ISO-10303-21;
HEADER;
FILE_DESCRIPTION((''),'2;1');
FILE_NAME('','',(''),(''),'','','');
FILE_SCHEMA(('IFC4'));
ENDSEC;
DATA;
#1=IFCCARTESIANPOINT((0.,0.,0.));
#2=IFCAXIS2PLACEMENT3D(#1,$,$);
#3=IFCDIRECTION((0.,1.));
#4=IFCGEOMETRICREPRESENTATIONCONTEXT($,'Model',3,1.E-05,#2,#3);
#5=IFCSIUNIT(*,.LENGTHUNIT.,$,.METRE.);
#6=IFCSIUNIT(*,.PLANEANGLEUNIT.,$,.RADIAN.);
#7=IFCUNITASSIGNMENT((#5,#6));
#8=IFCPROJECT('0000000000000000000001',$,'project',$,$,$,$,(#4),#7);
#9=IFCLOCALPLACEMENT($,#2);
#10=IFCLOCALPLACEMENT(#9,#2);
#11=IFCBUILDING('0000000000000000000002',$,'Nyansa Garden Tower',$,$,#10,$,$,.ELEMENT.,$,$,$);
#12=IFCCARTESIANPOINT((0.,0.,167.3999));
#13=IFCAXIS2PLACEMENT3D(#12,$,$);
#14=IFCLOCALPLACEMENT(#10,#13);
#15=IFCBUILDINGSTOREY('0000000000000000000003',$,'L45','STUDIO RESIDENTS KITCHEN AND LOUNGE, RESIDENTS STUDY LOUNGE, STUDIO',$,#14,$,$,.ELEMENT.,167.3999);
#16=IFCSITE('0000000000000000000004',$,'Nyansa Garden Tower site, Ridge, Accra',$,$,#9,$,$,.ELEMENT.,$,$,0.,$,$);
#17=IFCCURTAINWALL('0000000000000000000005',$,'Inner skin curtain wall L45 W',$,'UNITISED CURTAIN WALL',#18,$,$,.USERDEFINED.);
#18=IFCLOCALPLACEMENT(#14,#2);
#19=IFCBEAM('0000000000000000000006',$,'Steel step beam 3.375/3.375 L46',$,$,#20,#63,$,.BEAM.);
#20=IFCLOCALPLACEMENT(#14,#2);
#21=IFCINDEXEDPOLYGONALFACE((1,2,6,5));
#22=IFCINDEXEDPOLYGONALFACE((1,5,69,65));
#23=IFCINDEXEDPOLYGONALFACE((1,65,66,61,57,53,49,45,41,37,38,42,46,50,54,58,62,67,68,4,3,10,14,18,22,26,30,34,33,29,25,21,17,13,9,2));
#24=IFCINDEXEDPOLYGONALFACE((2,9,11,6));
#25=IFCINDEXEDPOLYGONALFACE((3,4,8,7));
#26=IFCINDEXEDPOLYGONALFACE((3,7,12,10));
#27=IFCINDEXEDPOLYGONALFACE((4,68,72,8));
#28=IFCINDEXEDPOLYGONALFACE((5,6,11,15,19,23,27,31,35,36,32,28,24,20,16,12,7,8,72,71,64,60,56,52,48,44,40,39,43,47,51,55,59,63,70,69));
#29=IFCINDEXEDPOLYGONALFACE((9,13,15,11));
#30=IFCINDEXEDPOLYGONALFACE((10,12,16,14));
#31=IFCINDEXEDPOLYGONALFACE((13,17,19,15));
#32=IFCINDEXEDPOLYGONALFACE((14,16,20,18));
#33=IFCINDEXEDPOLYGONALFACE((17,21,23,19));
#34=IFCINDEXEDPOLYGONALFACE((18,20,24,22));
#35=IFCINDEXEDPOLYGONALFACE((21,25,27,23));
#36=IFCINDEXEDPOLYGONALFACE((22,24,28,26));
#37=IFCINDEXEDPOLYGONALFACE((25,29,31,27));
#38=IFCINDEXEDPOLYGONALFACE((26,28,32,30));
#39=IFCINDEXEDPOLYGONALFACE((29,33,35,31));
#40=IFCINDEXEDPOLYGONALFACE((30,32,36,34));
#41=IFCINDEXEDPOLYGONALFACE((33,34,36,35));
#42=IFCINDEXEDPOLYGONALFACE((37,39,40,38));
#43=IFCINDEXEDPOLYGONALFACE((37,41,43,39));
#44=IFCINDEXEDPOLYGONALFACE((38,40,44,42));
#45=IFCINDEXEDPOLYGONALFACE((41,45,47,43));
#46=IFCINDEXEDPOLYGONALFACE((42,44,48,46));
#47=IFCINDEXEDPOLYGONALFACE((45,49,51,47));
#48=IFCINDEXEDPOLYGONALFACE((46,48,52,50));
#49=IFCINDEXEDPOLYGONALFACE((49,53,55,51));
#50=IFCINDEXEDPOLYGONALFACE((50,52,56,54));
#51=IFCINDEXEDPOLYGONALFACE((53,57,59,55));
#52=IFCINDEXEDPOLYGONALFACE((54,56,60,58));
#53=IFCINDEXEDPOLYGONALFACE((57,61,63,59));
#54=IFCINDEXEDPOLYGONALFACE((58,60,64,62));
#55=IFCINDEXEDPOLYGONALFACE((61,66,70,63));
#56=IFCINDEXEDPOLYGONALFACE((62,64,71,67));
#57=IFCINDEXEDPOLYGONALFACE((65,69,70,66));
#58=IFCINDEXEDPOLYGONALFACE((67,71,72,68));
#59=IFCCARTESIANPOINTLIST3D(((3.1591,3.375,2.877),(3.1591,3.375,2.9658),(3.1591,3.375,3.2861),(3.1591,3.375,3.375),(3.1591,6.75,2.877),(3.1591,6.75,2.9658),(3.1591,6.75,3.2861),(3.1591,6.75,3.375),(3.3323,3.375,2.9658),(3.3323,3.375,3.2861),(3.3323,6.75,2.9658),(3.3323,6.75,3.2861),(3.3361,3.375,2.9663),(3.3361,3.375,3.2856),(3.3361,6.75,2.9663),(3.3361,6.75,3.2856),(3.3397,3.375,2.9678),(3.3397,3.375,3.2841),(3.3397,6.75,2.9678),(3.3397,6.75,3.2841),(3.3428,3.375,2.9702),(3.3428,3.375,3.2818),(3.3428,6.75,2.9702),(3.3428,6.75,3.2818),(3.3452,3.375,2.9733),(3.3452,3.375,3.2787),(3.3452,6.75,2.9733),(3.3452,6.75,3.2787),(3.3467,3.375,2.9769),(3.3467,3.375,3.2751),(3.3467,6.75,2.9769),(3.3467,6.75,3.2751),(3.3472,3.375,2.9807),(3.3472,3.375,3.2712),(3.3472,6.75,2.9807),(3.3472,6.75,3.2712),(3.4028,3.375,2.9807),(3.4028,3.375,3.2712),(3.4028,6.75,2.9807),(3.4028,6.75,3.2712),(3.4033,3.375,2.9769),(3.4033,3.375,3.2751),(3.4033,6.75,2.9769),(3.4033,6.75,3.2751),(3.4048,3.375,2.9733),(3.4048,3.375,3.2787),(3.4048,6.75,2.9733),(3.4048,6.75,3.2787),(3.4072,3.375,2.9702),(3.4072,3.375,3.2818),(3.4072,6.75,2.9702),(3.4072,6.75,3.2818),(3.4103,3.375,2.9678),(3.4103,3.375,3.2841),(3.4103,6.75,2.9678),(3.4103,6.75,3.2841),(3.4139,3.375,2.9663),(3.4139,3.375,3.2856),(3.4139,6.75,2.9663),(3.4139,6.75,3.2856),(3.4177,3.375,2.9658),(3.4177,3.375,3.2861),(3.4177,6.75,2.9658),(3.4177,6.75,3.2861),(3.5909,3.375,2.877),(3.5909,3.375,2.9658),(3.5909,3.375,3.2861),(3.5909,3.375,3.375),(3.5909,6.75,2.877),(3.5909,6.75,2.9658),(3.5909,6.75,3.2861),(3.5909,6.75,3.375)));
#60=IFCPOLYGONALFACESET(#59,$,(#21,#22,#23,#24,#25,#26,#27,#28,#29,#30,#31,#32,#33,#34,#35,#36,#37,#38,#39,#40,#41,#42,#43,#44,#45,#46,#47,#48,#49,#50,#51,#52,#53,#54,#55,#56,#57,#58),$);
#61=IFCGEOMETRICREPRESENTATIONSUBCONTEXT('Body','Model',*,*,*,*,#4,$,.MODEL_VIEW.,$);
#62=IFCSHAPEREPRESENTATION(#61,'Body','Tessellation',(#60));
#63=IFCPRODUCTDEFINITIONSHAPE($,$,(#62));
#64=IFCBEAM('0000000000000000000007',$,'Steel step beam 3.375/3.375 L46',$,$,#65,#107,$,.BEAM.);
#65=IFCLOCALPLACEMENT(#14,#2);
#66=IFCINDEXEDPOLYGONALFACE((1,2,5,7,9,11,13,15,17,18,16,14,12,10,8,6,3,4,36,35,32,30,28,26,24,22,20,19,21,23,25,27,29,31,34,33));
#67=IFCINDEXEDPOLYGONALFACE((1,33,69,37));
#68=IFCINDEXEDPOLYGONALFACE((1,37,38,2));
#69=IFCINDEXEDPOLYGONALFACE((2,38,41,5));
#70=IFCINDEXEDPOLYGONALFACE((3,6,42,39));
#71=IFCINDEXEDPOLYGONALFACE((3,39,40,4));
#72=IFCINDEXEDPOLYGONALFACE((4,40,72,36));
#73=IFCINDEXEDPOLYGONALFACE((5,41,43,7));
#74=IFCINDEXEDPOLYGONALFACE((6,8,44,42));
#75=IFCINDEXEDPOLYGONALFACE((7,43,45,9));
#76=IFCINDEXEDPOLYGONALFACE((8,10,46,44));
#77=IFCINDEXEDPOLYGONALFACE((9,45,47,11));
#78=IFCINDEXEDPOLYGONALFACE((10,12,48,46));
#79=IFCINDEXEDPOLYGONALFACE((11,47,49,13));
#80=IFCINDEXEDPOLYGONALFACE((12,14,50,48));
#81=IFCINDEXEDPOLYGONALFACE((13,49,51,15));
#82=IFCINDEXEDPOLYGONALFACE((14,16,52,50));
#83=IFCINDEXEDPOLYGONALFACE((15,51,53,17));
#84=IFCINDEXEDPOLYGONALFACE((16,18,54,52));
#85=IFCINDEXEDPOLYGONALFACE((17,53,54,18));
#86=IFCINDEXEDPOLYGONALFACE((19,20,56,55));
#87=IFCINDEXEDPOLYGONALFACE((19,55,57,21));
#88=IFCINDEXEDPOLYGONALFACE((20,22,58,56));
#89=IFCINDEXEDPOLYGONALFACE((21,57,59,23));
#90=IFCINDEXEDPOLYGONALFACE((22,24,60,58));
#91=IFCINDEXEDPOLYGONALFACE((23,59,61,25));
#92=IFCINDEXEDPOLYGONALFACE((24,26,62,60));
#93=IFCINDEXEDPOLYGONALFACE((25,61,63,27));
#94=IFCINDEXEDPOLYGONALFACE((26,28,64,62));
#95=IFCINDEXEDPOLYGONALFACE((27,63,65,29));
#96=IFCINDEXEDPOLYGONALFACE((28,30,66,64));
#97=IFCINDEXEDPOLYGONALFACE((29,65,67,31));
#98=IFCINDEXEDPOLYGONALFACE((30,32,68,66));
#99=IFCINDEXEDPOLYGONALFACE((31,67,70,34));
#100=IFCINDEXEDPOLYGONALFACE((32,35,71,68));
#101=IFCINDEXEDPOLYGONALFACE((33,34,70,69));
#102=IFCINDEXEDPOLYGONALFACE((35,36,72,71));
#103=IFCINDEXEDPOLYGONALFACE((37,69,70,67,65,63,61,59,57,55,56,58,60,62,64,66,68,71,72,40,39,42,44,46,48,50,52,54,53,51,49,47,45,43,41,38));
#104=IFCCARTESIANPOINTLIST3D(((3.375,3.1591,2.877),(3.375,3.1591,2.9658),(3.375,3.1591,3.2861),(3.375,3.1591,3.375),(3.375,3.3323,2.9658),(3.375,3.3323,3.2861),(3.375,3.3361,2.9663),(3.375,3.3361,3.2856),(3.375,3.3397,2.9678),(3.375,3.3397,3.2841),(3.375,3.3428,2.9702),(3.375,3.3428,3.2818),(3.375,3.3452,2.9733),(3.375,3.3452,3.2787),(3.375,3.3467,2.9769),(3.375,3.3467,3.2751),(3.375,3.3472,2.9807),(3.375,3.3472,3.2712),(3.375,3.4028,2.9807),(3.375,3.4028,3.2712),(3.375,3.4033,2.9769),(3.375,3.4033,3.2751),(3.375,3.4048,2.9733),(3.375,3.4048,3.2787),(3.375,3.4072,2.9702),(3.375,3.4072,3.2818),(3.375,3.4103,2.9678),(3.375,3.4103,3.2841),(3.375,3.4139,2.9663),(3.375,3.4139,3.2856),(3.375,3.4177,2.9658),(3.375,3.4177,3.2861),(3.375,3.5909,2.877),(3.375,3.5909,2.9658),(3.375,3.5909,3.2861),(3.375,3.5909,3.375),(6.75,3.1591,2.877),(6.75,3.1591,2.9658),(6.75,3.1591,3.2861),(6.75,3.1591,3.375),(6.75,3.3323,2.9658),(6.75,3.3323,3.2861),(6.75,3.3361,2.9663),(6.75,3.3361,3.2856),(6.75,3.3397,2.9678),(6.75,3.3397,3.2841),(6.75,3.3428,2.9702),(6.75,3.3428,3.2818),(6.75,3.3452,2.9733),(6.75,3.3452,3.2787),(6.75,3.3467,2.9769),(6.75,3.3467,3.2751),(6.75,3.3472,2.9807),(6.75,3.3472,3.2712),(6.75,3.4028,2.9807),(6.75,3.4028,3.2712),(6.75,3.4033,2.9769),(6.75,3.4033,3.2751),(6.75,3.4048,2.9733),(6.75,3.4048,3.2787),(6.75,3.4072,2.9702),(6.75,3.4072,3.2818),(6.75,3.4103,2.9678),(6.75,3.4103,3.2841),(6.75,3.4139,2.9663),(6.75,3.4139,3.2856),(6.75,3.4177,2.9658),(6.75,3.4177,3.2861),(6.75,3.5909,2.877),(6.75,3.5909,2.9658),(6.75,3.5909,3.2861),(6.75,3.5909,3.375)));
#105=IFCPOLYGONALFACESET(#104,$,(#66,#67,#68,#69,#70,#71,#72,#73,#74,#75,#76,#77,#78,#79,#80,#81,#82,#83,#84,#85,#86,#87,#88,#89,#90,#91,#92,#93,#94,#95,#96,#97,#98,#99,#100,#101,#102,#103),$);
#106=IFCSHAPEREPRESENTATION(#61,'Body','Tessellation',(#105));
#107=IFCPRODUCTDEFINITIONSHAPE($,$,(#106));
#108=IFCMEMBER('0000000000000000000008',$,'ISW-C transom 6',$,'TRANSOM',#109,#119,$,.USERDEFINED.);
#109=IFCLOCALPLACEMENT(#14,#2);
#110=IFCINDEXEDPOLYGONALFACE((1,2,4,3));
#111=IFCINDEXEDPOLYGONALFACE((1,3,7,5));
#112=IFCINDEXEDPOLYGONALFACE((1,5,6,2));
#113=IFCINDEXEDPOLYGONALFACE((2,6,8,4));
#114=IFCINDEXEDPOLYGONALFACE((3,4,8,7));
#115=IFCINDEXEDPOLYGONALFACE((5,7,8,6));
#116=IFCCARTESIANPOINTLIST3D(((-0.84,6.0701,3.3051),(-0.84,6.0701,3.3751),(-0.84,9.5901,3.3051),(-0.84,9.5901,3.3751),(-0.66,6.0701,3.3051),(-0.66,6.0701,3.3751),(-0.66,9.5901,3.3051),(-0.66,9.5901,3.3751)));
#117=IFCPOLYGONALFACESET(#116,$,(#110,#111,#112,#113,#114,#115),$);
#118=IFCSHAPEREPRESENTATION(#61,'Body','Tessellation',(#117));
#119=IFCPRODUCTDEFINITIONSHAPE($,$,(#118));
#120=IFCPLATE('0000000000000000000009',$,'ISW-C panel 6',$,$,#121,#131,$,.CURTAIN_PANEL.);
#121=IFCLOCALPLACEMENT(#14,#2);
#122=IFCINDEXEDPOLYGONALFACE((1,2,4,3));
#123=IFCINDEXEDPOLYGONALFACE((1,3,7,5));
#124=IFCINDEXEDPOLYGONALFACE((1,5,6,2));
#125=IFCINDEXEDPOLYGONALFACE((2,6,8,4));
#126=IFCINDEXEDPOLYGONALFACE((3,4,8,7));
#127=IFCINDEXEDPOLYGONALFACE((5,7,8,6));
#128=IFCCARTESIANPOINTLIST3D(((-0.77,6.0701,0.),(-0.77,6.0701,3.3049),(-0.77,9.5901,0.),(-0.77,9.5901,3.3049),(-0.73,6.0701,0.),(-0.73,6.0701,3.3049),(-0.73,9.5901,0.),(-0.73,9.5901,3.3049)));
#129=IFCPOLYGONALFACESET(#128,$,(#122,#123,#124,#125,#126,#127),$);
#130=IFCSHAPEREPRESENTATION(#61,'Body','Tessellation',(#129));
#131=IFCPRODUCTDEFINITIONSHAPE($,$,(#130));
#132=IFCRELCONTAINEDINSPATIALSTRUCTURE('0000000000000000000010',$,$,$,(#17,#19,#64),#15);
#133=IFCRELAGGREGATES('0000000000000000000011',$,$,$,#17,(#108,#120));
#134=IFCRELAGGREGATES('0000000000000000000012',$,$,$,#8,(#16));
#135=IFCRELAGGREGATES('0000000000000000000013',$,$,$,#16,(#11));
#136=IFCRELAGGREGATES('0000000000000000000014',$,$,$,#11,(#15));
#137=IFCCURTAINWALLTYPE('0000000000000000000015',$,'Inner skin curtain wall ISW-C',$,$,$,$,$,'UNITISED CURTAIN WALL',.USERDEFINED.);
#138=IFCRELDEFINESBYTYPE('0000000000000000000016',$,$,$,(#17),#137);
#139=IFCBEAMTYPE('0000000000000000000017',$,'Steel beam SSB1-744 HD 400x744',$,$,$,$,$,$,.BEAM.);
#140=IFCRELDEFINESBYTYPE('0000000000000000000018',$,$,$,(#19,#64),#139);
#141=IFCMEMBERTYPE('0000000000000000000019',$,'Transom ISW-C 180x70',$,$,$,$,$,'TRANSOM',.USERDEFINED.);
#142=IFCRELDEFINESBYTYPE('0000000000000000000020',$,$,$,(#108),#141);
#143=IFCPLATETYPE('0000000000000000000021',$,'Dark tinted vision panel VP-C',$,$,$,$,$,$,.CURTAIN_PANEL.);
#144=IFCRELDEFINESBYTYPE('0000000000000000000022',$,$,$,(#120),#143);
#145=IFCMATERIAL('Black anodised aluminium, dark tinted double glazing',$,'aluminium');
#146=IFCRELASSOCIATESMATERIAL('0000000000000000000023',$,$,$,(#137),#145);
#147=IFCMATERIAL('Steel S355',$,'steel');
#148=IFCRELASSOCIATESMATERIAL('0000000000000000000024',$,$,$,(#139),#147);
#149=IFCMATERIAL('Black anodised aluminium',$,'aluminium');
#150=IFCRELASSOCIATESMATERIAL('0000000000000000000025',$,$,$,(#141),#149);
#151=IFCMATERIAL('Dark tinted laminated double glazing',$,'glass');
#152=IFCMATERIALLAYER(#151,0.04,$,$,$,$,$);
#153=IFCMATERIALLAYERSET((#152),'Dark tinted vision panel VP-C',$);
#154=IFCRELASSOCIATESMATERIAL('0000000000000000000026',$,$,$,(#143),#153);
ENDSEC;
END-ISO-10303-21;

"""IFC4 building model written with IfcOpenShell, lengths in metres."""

from ifc_helpers import new_model, si_unit, direction, frame, origin, origin_2d, place, context, subcontext, project, spatial, rectangle, i_section, extrude, material, layer, layer_set, material_profile, profile_set, type_object, element, aggregate, save


model = new_model("IFC4")

# Units and contexts
model_context = context("Model", 3, precision=1e-05, world=origin(), true_north=direction((0.0, 1.0)))
body_context = subcontext(model_context, "Body", "Model", "MODEL_VIEW")
ifc_project = project(units=[si_unit("LENGTHUNIT", "METRE"), si_unit("PLANEANGLEUNIT", "RADIAN")], contexts=[model_context])

# Site, building, storey
site_placement = place(None, origin())
site = spatial("IfcSite", under=ifc_project, at=site_placement, Name="Nyansa Garden Tower site, Ridge, Accra", CompositionType="ELEMENT", RefElevation=0.0)
building_placement = place(site_placement, origin())
building = spatial("IfcBuilding", under=site, at=building_placement, Name="Nyansa Garden Tower", CompositionType="ELEMENT")
storey_placement = place(building_placement, frame((0.0, 0.0, 167.3999)))
storey = spatial("IfcBuildingStorey", under=building, at=storey_placement, Name="L45", Description="STUDIO RESIDENTS KITCHEN AND LOUNGE, RESIDENTS STUDY LOUNGE, STUDIO", CompositionType="ELEMENT", Elevation=167.3999)

# Curtain wall
ifc_material_1 = material(Name="Black anodised aluminium, dark tinted double glazing", Category="aluminium")
curtain_wall_type = type_object("IfcCurtainWallType", Name="Inner skin curtain wall ISW-C", ElementType="UNITISED CURTAIN WALL", PredefinedType="USERDEFINED", material=ifc_material_1)
curtain_wall_1_placement = place(storey_placement, origin())
curtain_wall_1 = element("IfcCurtainWall", 1, at=curtain_wall_1_placement, inside=storey, type_object=curtain_wall_type, Name="Inner skin curtain wall L45 W", ObjectType="UNITISED CURTAIN WALL", PredefinedType="USERDEFINED")

# Beams
ifc_material_2 = material(Name="Steel S355", Category="steel")
ifc_material_profile_1 = material_profile(ifc_material_2, i_section(OverallWidth=0.4319, OverallDepth=0.498, WebThickness=0.0557, FlangeThickness=0.0889, FilletRadius=0.0149, at=origin_2d()), Name="HD 400x744")
ifc_profile_set_1 = profile_set([ifc_material_profile_1], Name="Steel S355")
beam_type_1 = type_object("IfcBeamType", Name="Steel beam SSB1-744 HD 400x744", PredefinedType="BEAM", material=ifc_profile_set_1)
for number, where, z_axis, x_axis, name in (
    (2, (3.375, 3.375, 3.126), (0.0, 1.0, 0.0), (-1.0, 0.0, 0.0), "Steel step beam 3.375/3.375 L46"),
    (3, (3.375, 3.375, 3.126), (1.0, 0.0, 0.0), (0.0, 1.0, 0.0), "Steel step beam 3.375/3.375 L46"),
):
    element("IfcBeam", number, at=place(storey_placement, frame(where, z_axis=z_axis, x_axis=x_axis)), inside=storey, type_object=beam_type_1, Name=name, PredefinedType="BEAM", context=body_context, shape_type="SweptSolid", body=[
        extrude(i_section(OverallWidth=0.4319, OverallDepth=0.498, WebThickness=0.0557, FlangeThickness=0.0889, FilletRadius=0.0149, at=origin_2d()), origin(), (0.0, 0.0, 1.0), 3.375),
    ])

# Member
ifc_material_3 = material(Name="Black anodised aluminium", Category="aluminium")
ifc_material_profile_2 = material_profile(ifc_material_3, rectangle(XDim=0.1799, YDim=0.0701, at=origin_2d()), Name="Transom 180x70")
ifc_profile_set_2 = profile_set([ifc_material_profile_2], Name="Black anodised aluminium")
member_type_1 = type_object("IfcMemberType", Name="Transom ISW-C 180x70", ElementType="TRANSOM", PredefinedType="USERDEFINED", material=ifc_profile_set_2)
member_1_placement = place(storey_placement, frame((-0.75, 9.5901, 3.3401), z_axis=(0.0, -1.0, 0.0), x_axis=(1.0, 0.0, 0.0)))
member_1 = element("IfcMember", 4, at=member_1_placement, type_object=member_type_1, Name="ISW-C transom 6", ObjectType="TRANSOM", PredefinedType="USERDEFINED", context=body_context, shape_type="SweptSolid", body=[
    extrude(rectangle(XDim=0.1799, YDim=0.0701, at=origin_2d()), origin(), (0.0, 0.0, 1.0), 3.52),
])

# Plate
ifc_material_4 = material(Name="Dark tinted laminated double glazing", Category="glass")
ifc_layer_1 = layer(ifc_material_4, 0.04)
ifc_layer_set_1 = layer_set([ifc_layer_1], Name="Dark tinted vision panel VP-C")
plate_type = type_object("IfcPlateType", Name="Dark tinted vision panel VP-C", PredefinedType="CURTAIN_PANEL", material=ifc_layer_set_1)
plate_placement = place(storey_placement, frame((-0.75, 7.8301, 0.0), z_axis=(0.0, 0.0, 1.0), x_axis=(0.0, -1.0, 0.0)))
plate = element("IfcPlate", 5, at=plate_placement, type_object=plate_type, Name="ISW-C panel 6", PredefinedType="CURTAIN_PANEL", context=body_context, shape_type="SweptSolid", body=[
    extrude(rectangle(XDim=3.52, YDim=0.04, at=origin_2d()), origin(), (0.0, 0.0, 1.0), 3.3049),
])
aggregate(curtain_wall_1, [member_1, plate])

save(model, "model.ifc")
